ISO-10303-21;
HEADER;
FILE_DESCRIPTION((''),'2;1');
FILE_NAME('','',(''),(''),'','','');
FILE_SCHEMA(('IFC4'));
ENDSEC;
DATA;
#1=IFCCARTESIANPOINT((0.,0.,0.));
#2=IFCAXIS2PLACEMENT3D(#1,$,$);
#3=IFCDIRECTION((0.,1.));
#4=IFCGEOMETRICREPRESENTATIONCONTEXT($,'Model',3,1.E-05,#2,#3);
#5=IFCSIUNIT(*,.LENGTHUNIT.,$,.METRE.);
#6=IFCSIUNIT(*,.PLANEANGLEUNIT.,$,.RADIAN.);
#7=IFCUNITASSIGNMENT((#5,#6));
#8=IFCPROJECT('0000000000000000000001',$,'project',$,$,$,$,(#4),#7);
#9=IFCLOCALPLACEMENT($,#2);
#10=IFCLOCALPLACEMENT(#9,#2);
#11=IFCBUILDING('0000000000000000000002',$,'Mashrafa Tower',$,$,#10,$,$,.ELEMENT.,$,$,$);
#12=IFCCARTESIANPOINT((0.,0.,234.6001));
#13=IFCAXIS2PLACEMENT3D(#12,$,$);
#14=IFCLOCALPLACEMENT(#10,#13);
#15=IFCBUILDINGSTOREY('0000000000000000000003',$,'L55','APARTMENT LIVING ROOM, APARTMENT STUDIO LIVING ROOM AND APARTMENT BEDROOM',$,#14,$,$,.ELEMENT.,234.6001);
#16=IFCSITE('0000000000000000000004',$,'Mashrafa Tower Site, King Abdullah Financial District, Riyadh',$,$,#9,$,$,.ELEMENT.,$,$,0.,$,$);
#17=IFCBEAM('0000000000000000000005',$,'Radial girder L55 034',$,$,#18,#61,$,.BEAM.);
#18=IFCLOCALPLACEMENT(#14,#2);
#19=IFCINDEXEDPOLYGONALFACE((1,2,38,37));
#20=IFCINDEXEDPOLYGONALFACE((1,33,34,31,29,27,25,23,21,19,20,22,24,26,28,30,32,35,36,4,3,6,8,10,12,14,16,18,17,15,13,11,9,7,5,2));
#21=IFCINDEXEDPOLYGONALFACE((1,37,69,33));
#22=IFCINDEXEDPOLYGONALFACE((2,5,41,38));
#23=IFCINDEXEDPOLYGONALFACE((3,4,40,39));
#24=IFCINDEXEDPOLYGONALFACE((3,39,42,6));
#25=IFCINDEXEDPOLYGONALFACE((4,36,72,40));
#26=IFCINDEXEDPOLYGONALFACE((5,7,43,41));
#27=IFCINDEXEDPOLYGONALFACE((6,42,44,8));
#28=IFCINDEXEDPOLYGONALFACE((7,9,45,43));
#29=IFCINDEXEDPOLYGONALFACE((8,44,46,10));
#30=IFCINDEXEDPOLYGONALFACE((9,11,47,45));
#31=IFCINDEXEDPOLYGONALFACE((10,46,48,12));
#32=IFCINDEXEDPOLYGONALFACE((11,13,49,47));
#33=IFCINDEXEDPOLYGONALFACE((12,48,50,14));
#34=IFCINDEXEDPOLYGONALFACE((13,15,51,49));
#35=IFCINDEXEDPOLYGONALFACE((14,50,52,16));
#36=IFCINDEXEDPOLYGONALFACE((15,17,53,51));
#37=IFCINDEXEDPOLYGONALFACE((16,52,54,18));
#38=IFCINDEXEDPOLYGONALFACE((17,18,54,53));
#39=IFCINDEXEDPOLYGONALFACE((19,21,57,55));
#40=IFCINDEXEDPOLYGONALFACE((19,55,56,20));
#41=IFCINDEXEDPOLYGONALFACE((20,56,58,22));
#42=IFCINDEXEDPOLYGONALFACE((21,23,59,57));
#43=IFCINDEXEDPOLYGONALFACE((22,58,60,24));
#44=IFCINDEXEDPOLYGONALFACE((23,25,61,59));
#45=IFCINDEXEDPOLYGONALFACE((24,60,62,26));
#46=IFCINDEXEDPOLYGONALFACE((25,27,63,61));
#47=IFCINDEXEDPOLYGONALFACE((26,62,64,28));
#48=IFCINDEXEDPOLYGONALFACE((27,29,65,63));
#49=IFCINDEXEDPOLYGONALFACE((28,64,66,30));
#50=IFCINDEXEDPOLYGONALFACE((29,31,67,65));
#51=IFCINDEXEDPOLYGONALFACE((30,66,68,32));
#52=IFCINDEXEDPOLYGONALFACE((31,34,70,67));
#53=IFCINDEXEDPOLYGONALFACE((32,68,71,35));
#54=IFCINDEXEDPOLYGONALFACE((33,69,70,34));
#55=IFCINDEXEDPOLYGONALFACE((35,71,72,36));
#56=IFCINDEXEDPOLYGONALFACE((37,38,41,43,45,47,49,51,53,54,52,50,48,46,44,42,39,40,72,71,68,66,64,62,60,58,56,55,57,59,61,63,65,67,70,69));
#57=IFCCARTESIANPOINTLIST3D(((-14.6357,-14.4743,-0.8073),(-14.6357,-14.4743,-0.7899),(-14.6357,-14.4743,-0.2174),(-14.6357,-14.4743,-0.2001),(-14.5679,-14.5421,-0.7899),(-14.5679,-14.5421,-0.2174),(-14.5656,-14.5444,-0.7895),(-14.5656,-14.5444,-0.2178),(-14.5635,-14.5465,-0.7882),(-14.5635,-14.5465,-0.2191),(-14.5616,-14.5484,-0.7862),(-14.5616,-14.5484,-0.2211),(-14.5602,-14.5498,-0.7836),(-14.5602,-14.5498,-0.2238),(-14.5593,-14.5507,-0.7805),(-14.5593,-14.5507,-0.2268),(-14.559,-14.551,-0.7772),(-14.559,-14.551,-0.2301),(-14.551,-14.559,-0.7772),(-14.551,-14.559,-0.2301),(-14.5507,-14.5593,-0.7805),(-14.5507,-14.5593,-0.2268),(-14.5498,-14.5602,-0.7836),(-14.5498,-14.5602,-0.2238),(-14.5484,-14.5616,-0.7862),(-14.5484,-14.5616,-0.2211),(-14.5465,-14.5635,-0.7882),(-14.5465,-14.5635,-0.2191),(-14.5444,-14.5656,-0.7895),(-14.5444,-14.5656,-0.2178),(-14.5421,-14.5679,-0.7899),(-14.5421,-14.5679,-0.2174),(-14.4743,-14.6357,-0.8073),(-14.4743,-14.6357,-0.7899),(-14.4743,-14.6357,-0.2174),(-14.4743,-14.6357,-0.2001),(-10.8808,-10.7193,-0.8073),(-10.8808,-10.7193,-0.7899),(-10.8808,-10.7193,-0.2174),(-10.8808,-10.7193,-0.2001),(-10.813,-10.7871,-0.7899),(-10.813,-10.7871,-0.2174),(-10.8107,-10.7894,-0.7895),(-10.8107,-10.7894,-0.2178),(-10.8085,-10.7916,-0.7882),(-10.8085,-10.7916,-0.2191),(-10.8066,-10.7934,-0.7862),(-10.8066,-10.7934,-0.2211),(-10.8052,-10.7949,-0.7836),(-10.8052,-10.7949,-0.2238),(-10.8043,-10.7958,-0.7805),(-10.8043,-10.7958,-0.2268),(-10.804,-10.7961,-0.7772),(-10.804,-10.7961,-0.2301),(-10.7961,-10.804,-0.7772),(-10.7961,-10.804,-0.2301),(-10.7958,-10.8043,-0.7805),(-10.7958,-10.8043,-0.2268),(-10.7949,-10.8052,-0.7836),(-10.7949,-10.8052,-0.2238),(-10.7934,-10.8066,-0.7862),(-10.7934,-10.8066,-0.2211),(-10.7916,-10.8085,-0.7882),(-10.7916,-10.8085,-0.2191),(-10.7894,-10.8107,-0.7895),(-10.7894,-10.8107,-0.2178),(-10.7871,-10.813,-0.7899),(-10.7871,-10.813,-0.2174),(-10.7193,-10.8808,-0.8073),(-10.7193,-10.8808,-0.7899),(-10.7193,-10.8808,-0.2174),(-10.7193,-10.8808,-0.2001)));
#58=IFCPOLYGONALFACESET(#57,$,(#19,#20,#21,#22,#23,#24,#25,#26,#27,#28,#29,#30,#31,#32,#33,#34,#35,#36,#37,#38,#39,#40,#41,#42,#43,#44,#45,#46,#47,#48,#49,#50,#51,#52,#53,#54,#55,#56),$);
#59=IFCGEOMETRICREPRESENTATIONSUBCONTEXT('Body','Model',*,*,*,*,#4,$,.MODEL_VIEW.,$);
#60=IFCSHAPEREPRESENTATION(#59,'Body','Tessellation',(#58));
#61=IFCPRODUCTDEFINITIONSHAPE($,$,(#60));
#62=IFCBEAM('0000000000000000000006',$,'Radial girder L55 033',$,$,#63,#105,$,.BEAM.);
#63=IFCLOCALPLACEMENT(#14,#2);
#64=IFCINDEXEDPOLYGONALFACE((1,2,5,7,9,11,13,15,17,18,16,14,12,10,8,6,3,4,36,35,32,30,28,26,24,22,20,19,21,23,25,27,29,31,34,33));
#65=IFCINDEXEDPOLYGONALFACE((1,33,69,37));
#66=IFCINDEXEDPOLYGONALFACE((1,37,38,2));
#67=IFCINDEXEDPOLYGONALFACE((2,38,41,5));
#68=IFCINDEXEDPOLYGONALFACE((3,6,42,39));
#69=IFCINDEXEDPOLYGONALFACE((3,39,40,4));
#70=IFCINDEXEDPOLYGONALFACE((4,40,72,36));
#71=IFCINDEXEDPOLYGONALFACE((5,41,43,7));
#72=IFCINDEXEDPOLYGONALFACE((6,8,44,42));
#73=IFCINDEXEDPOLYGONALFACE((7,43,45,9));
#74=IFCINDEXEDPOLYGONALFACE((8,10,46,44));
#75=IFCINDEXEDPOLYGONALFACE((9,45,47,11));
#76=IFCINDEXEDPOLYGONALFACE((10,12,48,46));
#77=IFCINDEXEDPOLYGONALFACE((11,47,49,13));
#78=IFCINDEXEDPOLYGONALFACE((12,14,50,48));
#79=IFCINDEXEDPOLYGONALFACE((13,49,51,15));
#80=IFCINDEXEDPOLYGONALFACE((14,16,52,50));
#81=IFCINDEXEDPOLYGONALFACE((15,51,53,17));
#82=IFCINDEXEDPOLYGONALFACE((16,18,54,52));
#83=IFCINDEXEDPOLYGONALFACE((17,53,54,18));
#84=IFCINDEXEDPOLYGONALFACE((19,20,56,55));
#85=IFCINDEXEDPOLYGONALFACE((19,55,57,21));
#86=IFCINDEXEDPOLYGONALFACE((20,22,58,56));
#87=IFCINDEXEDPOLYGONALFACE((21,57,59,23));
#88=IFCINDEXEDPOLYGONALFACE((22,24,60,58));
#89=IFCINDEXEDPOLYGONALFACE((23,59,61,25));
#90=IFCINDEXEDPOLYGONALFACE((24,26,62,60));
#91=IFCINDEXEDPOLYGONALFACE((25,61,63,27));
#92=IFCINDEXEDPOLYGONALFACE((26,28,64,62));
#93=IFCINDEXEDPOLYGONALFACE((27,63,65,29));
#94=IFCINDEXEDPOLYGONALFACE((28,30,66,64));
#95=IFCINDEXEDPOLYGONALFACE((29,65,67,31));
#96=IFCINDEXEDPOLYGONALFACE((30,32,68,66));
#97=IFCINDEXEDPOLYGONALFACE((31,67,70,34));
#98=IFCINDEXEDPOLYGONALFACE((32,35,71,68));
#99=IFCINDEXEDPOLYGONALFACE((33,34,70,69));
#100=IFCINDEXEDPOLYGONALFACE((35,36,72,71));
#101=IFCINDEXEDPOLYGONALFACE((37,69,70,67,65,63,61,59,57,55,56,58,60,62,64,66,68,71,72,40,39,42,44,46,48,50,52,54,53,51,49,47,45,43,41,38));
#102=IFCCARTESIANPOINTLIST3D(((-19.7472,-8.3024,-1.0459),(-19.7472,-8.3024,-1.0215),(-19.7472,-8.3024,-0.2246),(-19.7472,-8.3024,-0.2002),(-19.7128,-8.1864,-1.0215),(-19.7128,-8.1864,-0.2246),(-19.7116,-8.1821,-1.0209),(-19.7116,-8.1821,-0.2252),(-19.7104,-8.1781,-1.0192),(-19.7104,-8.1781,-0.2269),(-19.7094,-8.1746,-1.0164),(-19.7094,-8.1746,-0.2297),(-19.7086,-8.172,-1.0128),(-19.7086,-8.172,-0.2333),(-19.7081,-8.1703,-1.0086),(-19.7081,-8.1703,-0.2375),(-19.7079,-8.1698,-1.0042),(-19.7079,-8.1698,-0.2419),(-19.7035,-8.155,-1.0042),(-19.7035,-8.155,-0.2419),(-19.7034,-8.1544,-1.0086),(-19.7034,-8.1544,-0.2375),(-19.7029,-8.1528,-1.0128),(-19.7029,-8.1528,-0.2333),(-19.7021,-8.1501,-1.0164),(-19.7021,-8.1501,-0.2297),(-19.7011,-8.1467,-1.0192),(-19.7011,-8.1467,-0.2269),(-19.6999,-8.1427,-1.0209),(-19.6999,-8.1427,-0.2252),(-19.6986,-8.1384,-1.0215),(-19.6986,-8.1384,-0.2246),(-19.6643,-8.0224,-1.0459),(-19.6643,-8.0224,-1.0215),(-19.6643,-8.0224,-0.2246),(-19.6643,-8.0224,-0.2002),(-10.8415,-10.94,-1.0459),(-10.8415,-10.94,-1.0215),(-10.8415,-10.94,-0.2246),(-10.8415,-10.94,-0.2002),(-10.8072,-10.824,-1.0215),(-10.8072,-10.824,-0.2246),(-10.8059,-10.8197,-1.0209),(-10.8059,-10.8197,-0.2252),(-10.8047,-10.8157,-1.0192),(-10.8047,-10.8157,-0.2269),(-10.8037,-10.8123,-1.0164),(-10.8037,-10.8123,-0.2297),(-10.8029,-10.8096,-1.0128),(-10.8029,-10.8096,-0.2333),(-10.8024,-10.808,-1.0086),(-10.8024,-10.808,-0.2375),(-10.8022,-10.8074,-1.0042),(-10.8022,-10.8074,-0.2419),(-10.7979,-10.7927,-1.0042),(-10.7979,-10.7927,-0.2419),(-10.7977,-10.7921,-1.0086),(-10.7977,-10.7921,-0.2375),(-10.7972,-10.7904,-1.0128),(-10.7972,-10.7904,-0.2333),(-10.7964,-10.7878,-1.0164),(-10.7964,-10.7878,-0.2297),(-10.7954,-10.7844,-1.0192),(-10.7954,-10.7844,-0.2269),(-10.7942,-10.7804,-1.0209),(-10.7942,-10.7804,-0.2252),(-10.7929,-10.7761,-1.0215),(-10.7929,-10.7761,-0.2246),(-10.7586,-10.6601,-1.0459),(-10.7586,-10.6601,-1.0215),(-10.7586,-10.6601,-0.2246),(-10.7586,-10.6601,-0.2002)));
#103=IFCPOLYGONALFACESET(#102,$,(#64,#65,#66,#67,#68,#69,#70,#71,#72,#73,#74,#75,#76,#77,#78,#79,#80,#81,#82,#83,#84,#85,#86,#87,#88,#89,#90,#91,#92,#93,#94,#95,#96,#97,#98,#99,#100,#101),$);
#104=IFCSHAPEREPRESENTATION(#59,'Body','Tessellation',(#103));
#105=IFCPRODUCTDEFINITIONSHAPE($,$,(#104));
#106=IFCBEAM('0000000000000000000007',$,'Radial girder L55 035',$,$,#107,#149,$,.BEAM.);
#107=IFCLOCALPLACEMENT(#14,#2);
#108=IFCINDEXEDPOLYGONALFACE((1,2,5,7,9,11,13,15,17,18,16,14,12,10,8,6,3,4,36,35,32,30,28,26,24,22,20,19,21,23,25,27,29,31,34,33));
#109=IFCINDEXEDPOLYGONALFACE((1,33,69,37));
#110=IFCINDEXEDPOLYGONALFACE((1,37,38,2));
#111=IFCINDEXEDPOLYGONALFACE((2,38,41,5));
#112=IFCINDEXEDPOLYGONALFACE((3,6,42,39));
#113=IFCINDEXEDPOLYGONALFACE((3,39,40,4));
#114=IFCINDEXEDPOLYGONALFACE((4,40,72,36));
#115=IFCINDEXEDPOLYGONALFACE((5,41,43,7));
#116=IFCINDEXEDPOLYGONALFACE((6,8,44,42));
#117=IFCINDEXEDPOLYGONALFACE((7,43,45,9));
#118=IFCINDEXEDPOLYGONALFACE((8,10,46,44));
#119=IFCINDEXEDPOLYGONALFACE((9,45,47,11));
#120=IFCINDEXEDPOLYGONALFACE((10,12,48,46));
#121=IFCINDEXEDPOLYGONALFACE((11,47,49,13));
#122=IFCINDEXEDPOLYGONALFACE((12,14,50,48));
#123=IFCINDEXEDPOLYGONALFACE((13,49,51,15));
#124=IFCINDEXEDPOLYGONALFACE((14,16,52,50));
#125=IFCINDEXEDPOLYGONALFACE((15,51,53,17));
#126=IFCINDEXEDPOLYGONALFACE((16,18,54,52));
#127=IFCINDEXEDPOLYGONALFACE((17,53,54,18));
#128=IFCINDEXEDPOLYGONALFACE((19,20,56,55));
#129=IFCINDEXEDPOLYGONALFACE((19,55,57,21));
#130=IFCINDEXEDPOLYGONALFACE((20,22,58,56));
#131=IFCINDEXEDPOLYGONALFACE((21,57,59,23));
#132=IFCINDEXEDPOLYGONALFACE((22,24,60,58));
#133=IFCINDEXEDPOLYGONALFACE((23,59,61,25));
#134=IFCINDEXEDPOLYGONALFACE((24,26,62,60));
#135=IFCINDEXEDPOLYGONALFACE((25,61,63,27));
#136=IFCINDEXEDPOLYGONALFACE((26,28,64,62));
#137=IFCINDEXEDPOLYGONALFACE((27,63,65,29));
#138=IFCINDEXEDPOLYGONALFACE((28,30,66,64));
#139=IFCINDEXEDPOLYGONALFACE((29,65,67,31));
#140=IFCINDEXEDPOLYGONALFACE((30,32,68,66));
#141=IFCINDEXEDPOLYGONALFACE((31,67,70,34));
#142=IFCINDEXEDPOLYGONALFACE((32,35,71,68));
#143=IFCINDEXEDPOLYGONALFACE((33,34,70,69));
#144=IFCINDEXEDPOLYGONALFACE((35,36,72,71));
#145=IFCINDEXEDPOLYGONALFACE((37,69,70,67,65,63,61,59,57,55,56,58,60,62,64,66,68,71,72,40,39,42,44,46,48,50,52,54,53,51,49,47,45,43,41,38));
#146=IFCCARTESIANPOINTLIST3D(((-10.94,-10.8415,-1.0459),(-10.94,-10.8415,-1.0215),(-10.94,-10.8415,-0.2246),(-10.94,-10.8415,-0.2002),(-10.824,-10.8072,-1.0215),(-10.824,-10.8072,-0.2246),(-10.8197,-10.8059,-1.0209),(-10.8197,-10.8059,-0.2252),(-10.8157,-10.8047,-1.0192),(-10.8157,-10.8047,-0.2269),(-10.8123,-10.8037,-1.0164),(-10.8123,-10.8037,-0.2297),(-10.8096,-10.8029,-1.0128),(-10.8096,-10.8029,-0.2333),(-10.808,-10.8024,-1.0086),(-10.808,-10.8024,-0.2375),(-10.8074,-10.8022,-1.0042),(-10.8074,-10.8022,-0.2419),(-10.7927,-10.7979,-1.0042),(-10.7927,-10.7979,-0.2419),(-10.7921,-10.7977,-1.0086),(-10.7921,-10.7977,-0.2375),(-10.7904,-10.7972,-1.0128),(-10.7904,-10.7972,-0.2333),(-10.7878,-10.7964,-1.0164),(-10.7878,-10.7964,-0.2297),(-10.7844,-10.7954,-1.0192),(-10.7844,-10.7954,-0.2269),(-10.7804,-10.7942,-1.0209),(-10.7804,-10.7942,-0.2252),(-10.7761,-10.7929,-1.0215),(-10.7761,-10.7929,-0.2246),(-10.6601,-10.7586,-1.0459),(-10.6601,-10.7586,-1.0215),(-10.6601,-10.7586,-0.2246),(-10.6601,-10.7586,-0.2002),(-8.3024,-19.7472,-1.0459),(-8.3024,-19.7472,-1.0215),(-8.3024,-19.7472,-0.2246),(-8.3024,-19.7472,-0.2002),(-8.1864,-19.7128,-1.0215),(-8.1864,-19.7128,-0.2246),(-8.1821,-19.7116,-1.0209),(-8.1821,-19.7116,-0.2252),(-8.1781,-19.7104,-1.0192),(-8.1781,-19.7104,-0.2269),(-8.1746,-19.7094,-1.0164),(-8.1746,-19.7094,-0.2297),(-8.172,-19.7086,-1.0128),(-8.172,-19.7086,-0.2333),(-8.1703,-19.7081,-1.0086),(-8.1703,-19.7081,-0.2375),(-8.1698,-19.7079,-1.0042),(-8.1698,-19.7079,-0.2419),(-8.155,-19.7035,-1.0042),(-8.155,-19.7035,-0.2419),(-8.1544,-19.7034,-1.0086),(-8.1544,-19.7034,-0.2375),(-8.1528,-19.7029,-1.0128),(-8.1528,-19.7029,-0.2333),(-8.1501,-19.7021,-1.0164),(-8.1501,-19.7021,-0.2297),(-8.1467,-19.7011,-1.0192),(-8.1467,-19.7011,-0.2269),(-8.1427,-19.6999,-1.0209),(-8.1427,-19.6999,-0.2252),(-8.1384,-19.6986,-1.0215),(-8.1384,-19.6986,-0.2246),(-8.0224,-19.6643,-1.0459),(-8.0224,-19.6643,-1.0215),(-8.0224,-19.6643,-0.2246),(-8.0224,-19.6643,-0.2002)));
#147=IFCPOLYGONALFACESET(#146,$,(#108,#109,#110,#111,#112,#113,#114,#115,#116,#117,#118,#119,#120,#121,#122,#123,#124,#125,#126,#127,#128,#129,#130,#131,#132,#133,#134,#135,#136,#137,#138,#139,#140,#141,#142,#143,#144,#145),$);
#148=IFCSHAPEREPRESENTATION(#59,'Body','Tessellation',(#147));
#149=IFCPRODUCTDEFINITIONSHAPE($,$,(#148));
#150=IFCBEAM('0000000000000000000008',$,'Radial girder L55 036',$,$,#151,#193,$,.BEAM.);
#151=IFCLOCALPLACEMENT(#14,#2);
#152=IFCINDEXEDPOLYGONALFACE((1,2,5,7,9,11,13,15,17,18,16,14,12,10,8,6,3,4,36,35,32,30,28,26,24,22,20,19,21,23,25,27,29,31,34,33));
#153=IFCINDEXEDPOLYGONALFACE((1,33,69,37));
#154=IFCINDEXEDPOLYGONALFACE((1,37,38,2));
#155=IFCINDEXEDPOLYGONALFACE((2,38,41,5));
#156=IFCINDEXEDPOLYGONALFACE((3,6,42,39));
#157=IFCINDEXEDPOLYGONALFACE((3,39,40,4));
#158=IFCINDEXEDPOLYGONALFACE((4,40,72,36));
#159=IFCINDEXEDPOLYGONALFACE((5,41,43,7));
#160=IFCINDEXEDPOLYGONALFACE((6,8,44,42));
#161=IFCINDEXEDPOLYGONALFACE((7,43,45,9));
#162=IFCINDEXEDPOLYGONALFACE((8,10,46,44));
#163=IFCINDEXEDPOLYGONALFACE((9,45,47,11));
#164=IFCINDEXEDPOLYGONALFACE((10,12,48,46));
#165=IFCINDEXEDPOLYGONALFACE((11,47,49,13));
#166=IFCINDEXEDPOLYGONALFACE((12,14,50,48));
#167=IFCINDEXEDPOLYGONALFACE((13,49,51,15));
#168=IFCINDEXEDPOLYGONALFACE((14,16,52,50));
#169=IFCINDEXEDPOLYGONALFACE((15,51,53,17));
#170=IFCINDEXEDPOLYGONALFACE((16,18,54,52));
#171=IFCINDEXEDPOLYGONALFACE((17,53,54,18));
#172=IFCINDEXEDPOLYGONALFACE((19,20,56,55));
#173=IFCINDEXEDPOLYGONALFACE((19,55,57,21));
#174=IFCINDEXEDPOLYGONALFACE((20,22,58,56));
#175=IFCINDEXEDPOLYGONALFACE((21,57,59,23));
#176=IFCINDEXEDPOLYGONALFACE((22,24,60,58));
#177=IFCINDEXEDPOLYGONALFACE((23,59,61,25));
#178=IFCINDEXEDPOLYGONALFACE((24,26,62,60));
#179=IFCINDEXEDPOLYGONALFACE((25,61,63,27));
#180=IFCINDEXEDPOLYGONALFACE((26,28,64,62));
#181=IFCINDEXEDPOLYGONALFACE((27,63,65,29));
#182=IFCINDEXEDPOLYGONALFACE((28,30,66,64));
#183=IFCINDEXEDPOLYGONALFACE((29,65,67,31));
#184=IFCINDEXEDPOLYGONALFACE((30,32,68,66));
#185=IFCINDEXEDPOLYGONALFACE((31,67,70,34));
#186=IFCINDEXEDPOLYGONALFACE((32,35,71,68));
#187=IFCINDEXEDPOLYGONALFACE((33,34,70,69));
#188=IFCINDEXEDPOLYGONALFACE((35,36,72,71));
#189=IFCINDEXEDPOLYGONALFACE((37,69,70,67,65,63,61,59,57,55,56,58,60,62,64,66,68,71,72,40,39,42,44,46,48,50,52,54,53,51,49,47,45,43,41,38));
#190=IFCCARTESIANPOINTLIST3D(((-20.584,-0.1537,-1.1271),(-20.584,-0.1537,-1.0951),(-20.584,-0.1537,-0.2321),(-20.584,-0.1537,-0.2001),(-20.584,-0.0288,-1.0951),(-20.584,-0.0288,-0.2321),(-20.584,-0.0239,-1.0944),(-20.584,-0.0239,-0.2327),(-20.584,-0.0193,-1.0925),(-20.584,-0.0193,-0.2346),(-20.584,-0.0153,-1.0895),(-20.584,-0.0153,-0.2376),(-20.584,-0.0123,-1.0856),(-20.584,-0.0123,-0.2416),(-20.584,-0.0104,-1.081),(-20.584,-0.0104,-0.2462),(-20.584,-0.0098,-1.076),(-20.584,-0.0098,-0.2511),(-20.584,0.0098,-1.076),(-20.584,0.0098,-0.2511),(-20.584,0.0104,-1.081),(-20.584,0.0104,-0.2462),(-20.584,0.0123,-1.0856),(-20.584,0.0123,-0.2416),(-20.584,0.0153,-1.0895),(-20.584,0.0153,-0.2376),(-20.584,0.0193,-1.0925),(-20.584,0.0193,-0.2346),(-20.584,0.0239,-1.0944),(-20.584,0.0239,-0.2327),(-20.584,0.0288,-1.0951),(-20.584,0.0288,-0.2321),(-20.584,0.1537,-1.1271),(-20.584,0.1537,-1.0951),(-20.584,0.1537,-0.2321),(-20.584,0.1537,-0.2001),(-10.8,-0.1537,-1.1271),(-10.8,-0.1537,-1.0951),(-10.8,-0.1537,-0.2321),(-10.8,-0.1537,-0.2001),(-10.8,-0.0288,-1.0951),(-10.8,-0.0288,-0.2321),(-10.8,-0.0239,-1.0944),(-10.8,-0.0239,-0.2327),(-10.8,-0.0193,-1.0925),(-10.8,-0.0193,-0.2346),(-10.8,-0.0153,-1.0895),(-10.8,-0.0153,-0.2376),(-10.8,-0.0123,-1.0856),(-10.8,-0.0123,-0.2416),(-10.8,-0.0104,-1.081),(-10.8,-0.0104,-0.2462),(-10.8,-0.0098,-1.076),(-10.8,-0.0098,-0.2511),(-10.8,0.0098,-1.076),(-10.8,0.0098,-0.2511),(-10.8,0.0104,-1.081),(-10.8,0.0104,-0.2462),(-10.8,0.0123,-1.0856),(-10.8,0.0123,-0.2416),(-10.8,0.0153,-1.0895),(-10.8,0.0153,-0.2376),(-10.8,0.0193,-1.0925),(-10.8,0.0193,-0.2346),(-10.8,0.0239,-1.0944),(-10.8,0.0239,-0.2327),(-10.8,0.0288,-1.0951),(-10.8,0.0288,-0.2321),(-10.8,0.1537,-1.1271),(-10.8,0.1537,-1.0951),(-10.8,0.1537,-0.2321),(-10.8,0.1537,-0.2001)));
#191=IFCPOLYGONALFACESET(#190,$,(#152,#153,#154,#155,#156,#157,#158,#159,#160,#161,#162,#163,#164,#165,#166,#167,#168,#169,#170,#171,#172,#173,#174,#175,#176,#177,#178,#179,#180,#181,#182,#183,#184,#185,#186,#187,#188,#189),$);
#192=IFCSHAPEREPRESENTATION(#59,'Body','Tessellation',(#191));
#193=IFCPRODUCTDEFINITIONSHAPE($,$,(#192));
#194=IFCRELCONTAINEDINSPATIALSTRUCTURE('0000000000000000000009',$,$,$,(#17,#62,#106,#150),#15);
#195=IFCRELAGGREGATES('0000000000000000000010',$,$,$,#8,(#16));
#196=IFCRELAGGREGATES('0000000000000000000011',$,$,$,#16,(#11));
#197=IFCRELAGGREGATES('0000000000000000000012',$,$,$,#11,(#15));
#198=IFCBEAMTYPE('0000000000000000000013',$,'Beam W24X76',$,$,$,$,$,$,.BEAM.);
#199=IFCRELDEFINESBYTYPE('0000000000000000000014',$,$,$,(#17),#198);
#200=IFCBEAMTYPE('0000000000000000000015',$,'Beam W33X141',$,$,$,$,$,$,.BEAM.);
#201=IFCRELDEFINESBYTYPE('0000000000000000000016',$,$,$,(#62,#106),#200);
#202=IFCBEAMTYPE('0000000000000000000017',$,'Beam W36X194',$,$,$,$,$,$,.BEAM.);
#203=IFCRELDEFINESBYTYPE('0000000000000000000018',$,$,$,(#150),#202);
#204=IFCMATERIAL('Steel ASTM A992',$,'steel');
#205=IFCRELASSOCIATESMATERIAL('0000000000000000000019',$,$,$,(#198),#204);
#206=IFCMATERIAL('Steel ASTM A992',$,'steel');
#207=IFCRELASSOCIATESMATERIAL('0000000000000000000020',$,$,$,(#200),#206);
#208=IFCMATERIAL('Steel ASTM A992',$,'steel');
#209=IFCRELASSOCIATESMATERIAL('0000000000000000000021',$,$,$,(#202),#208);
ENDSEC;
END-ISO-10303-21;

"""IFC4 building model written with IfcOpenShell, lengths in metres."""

from ifc_helpers import new_model, si_unit, direction, frame, origin, origin_2d, place, context, subcontext, project, spatial, i_section, extrude, material, material_profile, profile_set, type_object, element, save


model = new_model("IFC4")

# Units and contexts
model_context = context("Model", 3, precision=1e-05, world=origin(), true_north=direction((0.0, 1.0)))
body_context = subcontext(model_context, "Body", "Model", "MODEL_VIEW")
ifc_project = project(units=[si_unit("LENGTHUNIT", "METRE"), si_unit("PLANEANGLEUNIT", "RADIAN")], contexts=[model_context])

# Site, building, storey
site_placement = place(None, origin())
site = spatial("IfcSite", under=ifc_project, at=site_placement, Name="Mashrafa Tower Site, King Abdullah Financial District, Riyadh", CompositionType="ELEMENT", RefElevation=0.0)
building_placement = place(site_placement, origin())
building = spatial("IfcBuilding", under=site, at=building_placement, Name="Mashrafa Tower", CompositionType="ELEMENT")
storey_placement = place(building_placement, frame((0.0, 0.0, 234.6001)))
storey = spatial("IfcBuildingStorey", under=building, at=storey_placement, Name="L55", Description="APARTMENT LIVING ROOM, APARTMENT STUDIO LIVING ROOM AND APARTMENT BEDROOM", CompositionType="ELEMENT", Elevation=234.6001)

# Beams
ifc_material_1 = material(Name="Steel ASTM A992", Category="steel")
ifc_material_profile_1 = material_profile(ifc_material_1, i_section(OverallWidth=0.2283, OverallDepth=0.6072, WebThickness=0.0112, FlangeThickness=0.0173, FilletRadius=0.0127, at=origin_2d()), Name="W24X76")
ifc_profile_set_1 = profile_set([ifc_material_profile_1], Name="Steel ASTM A992")
beam_type_1 = type_object("IfcBeamType", Name="Beam W24X76", PredefinedType="BEAM", material=ifc_profile_set_1)
beam_1_placement = place(storey_placement, frame((-10.8, -10.8, -0.5037), z_axis=(-0.707107, -0.707107, 0.0), x_axis=(0.707107, -0.707107, 0.0)))
element("IfcBeam", 1, at=beam_1_placement, inside=storey, type_object=beam_type_1, Name="Radial girder L55 034", PredefinedType="BEAM", context=body_context, shape_type="SweptSolid", body=[
    extrude(i_section(OverallWidth=0.2283, OverallDepth=0.6072, WebThickness=0.0112, FlangeThickness=0.0173, FilletRadius=0.0127, at=origin_2d()), origin(), (0.0, 0.0, 1.0), 5.3103),
])
ifc_material_2 = material(Name="Steel ASTM A992", Category="steel")
ifc_material_profile_2 = material_profile(ifc_material_2, i_section(OverallWidth=0.292, OverallDepth=0.8457, WebThickness=0.0154, FlangeThickness=0.0244, FilletRadius=0.0173, at=origin_2d()), Name="W33X141")
ifc_profile_set_2 = profile_set([ifc_material_profile_2], Name="Steel ASTM A992")
beam_type_2 = type_object("IfcBeamType", Name="Beam W33X141", PredefinedType="BEAM", material=ifc_profile_set_2)
for number, where, z_axis, x_axis, name in (
    (2, (-10.8, -10.8, -0.623), (-0.958829, 0.283985, 0.0), (-0.283985, -0.958829, 0.0), "Radial girder L55 033"),
    (3, (-10.8, -10.8, -0.623), (0.283985, -0.958829, 0.0), (0.958829, 0.283985, 0.0), "Radial girder L55 035"),
):
    element("IfcBeam", number, at=place(storey_placement, frame(where, z_axis=z_axis, x_axis=x_axis)), inside=storey, type_object=beam_type_2, Name=name, PredefinedType="BEAM", context=body_context, shape_type="SweptSolid", body=[
        extrude(i_section(OverallWidth=0.292, OverallDepth=0.8457, WebThickness=0.0154, FlangeThickness=0.0244, FilletRadius=0.0173, at=origin_2d()), origin(), (0.0, 0.0, 1.0), 9.2881),
    ])
ifc_material_3 = material(Name="Steel ASTM A992", Category="steel")
ifc_material_profile_3 = material_profile(ifc_material_3, i_section(OverallWidth=0.3074, OverallDepth=0.927, WebThickness=0.0195, FlangeThickness=0.032, FilletRadius=0.019, at=origin_2d()), Name="W36X194")
ifc_profile_set_3 = profile_set([ifc_material_profile_3], Name="Steel ASTM A992")
beam_type_3 = type_object("IfcBeamType", Name="Beam W36X194", PredefinedType="BEAM", material=ifc_profile_set_3)
beam_2_placement = place(storey_placement, frame((-10.8, 0.0, -0.6636), z_axis=(-1.0, 0.0, 0.0), x_axis=(0.0, -1.0, 0.0)))
element("IfcBeam", 4, at=beam_2_placement, inside=storey, type_object=beam_type_3, Name="Radial girder L55 036", PredefinedType="BEAM", context=body_context, shape_type="SweptSolid", body=[
    extrude(i_section(OverallWidth=0.3074, OverallDepth=0.927, WebThickness=0.0195, FlangeThickness=0.032, FilletRadius=0.019, at=origin_2d()), origin(), (0.0, 0.0, 1.0), 9.7839),
])

save(model, "model.ifc")
